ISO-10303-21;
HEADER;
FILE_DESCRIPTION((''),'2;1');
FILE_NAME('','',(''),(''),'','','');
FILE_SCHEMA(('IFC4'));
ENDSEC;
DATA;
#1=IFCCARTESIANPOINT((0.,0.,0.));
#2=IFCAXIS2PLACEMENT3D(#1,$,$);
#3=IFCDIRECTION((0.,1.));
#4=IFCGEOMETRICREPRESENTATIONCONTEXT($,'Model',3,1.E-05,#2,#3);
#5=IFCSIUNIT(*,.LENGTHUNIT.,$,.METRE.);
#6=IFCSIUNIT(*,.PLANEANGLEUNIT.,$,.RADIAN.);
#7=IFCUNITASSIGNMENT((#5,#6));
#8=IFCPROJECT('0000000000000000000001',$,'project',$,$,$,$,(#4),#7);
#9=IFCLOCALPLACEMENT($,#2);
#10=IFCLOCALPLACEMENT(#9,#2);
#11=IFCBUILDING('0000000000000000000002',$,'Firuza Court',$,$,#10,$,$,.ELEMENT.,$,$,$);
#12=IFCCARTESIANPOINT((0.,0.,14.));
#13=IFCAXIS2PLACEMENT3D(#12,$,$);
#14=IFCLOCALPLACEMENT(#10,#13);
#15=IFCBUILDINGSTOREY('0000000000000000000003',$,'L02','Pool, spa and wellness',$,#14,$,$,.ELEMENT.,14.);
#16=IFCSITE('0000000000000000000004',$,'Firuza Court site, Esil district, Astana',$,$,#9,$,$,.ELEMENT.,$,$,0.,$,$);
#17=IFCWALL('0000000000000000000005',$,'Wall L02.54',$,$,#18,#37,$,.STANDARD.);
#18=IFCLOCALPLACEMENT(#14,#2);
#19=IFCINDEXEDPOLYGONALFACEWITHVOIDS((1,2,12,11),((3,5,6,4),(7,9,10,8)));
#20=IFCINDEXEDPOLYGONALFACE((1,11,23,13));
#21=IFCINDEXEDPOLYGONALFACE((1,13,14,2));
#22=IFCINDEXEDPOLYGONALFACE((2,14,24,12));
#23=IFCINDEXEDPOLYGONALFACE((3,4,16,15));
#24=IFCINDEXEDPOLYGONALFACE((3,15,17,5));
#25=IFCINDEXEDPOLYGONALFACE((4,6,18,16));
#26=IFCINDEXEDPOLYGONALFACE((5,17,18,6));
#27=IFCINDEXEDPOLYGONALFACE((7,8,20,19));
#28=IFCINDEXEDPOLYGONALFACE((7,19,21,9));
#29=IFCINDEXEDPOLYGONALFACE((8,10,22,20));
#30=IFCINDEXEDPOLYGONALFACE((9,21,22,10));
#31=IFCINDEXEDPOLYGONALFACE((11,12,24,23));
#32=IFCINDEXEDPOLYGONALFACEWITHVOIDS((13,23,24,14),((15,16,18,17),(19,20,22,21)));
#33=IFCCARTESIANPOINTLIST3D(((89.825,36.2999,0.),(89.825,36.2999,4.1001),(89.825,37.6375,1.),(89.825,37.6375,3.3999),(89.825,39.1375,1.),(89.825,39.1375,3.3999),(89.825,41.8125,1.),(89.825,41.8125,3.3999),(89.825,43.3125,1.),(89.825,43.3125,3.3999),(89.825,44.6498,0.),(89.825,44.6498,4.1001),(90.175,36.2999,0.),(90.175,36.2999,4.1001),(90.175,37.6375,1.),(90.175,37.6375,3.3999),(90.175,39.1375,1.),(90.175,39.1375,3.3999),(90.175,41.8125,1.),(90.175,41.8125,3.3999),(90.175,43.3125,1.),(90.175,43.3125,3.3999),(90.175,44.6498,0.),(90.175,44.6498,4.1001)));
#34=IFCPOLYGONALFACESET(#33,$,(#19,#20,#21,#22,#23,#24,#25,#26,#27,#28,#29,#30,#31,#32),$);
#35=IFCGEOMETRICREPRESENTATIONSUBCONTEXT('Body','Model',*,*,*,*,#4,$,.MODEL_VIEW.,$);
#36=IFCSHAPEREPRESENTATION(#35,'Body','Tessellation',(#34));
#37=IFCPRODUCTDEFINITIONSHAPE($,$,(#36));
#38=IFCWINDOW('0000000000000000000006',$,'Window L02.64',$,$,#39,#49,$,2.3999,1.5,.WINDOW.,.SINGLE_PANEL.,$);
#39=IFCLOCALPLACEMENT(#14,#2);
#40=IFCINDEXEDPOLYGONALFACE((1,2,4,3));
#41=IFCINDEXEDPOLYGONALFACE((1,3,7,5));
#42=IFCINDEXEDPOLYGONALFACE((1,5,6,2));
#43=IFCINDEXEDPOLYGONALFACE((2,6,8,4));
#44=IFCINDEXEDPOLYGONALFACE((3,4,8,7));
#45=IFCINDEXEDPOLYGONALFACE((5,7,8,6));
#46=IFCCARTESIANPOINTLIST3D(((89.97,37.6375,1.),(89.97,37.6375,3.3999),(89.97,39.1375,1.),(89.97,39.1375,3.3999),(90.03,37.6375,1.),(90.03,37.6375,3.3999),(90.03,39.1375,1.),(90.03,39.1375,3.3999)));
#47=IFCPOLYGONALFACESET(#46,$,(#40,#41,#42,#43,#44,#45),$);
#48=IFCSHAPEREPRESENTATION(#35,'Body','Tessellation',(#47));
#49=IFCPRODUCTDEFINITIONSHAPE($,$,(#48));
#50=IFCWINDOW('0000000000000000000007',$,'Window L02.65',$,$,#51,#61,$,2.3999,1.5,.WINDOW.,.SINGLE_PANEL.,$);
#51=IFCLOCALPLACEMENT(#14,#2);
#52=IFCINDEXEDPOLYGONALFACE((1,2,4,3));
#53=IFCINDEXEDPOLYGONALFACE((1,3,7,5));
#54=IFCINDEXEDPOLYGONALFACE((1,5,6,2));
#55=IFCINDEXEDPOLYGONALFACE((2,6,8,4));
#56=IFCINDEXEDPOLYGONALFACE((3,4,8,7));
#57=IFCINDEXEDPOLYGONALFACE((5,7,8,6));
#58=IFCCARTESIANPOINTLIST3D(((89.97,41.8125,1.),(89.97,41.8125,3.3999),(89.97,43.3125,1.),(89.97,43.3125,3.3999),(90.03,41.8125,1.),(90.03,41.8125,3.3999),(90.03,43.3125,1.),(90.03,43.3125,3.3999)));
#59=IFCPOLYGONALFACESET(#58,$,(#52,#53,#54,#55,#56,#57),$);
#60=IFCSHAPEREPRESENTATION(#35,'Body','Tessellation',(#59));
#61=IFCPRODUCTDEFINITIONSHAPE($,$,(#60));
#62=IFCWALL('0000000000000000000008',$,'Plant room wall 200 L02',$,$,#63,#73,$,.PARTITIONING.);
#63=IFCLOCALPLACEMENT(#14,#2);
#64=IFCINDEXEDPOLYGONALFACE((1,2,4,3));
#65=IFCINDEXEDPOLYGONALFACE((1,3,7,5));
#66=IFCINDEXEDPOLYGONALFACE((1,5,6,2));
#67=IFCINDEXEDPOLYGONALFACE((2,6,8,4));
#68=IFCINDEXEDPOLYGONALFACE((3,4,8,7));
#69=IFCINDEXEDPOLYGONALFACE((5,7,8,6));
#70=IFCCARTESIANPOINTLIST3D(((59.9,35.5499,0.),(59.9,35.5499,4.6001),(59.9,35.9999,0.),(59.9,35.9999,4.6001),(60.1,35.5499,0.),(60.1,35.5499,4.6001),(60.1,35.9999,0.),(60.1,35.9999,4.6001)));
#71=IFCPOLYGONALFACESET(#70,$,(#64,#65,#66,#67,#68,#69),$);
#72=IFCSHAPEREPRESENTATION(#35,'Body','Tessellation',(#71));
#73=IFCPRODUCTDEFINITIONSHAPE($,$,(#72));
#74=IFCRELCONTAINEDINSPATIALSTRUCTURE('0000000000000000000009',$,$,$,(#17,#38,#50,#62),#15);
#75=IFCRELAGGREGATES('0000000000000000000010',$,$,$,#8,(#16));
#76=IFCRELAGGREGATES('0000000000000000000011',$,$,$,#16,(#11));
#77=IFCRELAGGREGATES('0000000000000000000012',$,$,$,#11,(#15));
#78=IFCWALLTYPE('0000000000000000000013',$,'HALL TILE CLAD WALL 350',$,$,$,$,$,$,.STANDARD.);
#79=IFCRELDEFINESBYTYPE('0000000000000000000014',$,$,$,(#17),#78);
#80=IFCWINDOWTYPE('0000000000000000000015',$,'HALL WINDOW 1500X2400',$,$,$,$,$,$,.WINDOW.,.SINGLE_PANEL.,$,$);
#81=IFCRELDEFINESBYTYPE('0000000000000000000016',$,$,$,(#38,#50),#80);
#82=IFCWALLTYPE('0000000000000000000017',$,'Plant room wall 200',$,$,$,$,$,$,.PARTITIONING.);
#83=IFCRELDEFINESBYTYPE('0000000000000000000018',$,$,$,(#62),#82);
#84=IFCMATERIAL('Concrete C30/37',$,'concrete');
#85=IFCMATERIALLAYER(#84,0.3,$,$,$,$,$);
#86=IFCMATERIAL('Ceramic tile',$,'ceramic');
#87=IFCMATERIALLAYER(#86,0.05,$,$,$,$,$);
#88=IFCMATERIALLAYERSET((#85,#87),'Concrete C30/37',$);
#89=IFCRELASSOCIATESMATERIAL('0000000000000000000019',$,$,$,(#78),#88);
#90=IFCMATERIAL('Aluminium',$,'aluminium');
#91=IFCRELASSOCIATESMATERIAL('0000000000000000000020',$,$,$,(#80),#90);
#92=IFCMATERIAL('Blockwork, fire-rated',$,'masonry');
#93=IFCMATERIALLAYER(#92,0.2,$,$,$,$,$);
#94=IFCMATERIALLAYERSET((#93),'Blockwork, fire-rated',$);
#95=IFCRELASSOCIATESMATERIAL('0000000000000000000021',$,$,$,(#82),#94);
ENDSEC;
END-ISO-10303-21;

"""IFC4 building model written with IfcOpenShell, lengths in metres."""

from ifc_helpers import new_model, si_unit, direction, frame, frame_2d, origin, place, context, subcontext, project, spatial, rectangle, extrude, material, layer, layer_set, type_object, element, fill, save


model = new_model("IFC4")

# Units and contexts
model_context = context("Model", 3, precision=1e-05, world=origin(), true_north=direction((0.0, 1.0)))
body_context = subcontext(model_context, "Body", "Model", "MODEL_VIEW")
ifc_project = project(units=[si_unit("LENGTHUNIT", "METRE"), si_unit("PLANEANGLEUNIT", "RADIAN")], contexts=[model_context])

# Site, building, storey
site_placement = place(None, origin())
site = spatial("IfcSite", under=ifc_project, at=site_placement, Name="Firuza Court site, Esil district, Astana", CompositionType="ELEMENT", RefElevation=0.0)
building_placement = place(site_placement, origin())
building = spatial("IfcBuilding", under=site, at=building_placement, Name="Firuza Court", CompositionType="ELEMENT")
storey_placement = place(building_placement, frame((0.0, 0.0, 14.0)))
storey = spatial("IfcBuildingStorey", under=building, at=storey_placement, Name="L02", Description="Pool, spa and wellness", CompositionType="ELEMENT", Elevation=14.0)

# Wall, openings, windows
ifc_material_1 = material(Name="Concrete C30/37", Category="concrete")
ifc_layer_1 = layer(ifc_material_1, 0.3)
ifc_material_2 = material(Name="Ceramic tile", Category="ceramic")
ifc_layer_2 = layer(ifc_material_2, 0.05)
ifc_layer_set_1 = layer_set([ifc_layer_1, ifc_layer_2], Name="Concrete C30/37")
wall_type_1 = type_object("IfcWallType", Name="HALL TILE CLAD WALL 350", PredefinedType="STANDARD", material=ifc_layer_set_1)
wall_1_placement = place(storey_placement, frame((90.0, 36.3, 0.0), z_axis=(0.0, 0.0, 1.0), x_axis=(0.0, 1.0, 0.0)))
wall_1 = element("IfcWall", 1, at=wall_1_placement, inside=storey, type_object=wall_type_1, Name="Wall L02.54", PredefinedType="STANDARD", context=body_context, shape_type="SweptSolid", body=[
    extrude(rectangle(XDim=8.3499, YDim=0.3501, at=frame_2d((4.1748, 0.0))), origin(), (0.0, 0.0, 1.0), 4.1001),
])
opening_1_placement = place(wall_1_placement, frame((1.3374, 0.0, 1.0)))
opening_1 = element("IfcOpeningElement", 2, at=opening_1_placement, cuts=wall_1, PredefinedType="OPENING", context=body_context, shape_type="SweptSolid", body=[
    extrude(rectangle(XDim=1.5, YDim=2.3999, at=frame_2d((0.75, 1.2))), frame((0.0, 0.187, 0.0), z_axis=(0.0, -1.0, 0.0), x_axis=(1.0, 0.0, 0.0)), (0.0, 0.0, 1.0), 0.374),
])
opening_2_placement = place(wall_1_placement, frame((5.5125, 0.0, 1.0)))
opening_2 = element("IfcOpeningElement", 3, at=opening_2_placement, cuts=wall_1, PredefinedType="OPENING", context=body_context, shape_type="SweptSolid", body=[
    extrude(rectangle(XDim=1.5, YDim=2.3999, at=frame_2d((0.75, 1.2))), frame((0.0, 0.187, 0.0), z_axis=(0.0, -1.0, 0.0), x_axis=(1.0, 0.0, 0.0)), (0.0, 0.0, 1.0), 0.374),
])
ifc_material_3 = material(Name="Aluminium", Category="aluminium")
window_type = type_object("IfcWindowType", Name="HALL WINDOW 1500X2400", PartitioningType="SINGLE_PANEL", PredefinedType="WINDOW", material=ifc_material_3)
window_1_placement = place(opening_1_placement, origin())
window_1 = element("IfcWindow", 4, at=window_1_placement, inside=storey, type_object=window_type, Name="Window L02.64", OverallHeight=2.3999, OverallWidth=1.5, PartitioningType="SINGLE_PANEL", PredefinedType="WINDOW", context=body_context, shape_type="SweptSolid", body=[
    extrude(rectangle(XDim=1.5, YDim=2.3999, at=frame_2d((0.75, 1.2))), frame((0.0, 0.03, 0.0), z_axis=(0.0, -1.0, 0.0), x_axis=(1.0, 0.0, 0.0)), (0.0, 0.0, 1.0), 0.0601),
])
fill(opening_1, window_1)
window_2_placement = place(opening_2_placement, origin())
window_2 = element("IfcWindow", 5, at=window_2_placement, inside=storey, type_object=window_type, Name="Window L02.65", OverallHeight=2.3999, OverallWidth=1.5, PartitioningType="SINGLE_PANEL", PredefinedType="WINDOW", context=body_context, shape_type="SweptSolid", body=[
    extrude(rectangle(XDim=1.5, YDim=2.3999, at=frame_2d((0.75, 1.2))), frame((0.0, 0.03, 0.0), z_axis=(0.0, -1.0, 0.0), x_axis=(1.0, 0.0, 0.0)), (0.0, 0.0, 1.0), 0.0601),
])
fill(opening_2, window_2)

# Wall
ifc_material_4 = material(Name="Blockwork, fire-rated", Category="masonry")
ifc_layer_3 = layer(ifc_material_4, 0.2)
ifc_layer_set_2 = layer_set([ifc_layer_3], Name="Blockwork, fire-rated")
wall_type_2 = type_object("IfcWallType", Name="Plant room wall 200", PredefinedType="PARTITIONING", material=ifc_layer_set_2)
wall_2_placement = place(storey_placement, frame((60.0, 36.0, 0.0), z_axis=(0.0, 0.0, 1.0), x_axis=(0.0, -1.0, 0.0)))
element("IfcWall", 6, at=wall_2_placement, inside=storey, type_object=wall_type_2, Name="Plant room wall 200 L02", PredefinedType="PARTITIONING", context=body_context, shape_type="SweptSolid", body=[
    extrude(rectangle(XDim=0.45, YDim=0.2, at=frame_2d((0.2251, 0.0))), origin(), (0.0, 0.0, 1.0), 4.6001),
])

save(model, "model.ifc")
